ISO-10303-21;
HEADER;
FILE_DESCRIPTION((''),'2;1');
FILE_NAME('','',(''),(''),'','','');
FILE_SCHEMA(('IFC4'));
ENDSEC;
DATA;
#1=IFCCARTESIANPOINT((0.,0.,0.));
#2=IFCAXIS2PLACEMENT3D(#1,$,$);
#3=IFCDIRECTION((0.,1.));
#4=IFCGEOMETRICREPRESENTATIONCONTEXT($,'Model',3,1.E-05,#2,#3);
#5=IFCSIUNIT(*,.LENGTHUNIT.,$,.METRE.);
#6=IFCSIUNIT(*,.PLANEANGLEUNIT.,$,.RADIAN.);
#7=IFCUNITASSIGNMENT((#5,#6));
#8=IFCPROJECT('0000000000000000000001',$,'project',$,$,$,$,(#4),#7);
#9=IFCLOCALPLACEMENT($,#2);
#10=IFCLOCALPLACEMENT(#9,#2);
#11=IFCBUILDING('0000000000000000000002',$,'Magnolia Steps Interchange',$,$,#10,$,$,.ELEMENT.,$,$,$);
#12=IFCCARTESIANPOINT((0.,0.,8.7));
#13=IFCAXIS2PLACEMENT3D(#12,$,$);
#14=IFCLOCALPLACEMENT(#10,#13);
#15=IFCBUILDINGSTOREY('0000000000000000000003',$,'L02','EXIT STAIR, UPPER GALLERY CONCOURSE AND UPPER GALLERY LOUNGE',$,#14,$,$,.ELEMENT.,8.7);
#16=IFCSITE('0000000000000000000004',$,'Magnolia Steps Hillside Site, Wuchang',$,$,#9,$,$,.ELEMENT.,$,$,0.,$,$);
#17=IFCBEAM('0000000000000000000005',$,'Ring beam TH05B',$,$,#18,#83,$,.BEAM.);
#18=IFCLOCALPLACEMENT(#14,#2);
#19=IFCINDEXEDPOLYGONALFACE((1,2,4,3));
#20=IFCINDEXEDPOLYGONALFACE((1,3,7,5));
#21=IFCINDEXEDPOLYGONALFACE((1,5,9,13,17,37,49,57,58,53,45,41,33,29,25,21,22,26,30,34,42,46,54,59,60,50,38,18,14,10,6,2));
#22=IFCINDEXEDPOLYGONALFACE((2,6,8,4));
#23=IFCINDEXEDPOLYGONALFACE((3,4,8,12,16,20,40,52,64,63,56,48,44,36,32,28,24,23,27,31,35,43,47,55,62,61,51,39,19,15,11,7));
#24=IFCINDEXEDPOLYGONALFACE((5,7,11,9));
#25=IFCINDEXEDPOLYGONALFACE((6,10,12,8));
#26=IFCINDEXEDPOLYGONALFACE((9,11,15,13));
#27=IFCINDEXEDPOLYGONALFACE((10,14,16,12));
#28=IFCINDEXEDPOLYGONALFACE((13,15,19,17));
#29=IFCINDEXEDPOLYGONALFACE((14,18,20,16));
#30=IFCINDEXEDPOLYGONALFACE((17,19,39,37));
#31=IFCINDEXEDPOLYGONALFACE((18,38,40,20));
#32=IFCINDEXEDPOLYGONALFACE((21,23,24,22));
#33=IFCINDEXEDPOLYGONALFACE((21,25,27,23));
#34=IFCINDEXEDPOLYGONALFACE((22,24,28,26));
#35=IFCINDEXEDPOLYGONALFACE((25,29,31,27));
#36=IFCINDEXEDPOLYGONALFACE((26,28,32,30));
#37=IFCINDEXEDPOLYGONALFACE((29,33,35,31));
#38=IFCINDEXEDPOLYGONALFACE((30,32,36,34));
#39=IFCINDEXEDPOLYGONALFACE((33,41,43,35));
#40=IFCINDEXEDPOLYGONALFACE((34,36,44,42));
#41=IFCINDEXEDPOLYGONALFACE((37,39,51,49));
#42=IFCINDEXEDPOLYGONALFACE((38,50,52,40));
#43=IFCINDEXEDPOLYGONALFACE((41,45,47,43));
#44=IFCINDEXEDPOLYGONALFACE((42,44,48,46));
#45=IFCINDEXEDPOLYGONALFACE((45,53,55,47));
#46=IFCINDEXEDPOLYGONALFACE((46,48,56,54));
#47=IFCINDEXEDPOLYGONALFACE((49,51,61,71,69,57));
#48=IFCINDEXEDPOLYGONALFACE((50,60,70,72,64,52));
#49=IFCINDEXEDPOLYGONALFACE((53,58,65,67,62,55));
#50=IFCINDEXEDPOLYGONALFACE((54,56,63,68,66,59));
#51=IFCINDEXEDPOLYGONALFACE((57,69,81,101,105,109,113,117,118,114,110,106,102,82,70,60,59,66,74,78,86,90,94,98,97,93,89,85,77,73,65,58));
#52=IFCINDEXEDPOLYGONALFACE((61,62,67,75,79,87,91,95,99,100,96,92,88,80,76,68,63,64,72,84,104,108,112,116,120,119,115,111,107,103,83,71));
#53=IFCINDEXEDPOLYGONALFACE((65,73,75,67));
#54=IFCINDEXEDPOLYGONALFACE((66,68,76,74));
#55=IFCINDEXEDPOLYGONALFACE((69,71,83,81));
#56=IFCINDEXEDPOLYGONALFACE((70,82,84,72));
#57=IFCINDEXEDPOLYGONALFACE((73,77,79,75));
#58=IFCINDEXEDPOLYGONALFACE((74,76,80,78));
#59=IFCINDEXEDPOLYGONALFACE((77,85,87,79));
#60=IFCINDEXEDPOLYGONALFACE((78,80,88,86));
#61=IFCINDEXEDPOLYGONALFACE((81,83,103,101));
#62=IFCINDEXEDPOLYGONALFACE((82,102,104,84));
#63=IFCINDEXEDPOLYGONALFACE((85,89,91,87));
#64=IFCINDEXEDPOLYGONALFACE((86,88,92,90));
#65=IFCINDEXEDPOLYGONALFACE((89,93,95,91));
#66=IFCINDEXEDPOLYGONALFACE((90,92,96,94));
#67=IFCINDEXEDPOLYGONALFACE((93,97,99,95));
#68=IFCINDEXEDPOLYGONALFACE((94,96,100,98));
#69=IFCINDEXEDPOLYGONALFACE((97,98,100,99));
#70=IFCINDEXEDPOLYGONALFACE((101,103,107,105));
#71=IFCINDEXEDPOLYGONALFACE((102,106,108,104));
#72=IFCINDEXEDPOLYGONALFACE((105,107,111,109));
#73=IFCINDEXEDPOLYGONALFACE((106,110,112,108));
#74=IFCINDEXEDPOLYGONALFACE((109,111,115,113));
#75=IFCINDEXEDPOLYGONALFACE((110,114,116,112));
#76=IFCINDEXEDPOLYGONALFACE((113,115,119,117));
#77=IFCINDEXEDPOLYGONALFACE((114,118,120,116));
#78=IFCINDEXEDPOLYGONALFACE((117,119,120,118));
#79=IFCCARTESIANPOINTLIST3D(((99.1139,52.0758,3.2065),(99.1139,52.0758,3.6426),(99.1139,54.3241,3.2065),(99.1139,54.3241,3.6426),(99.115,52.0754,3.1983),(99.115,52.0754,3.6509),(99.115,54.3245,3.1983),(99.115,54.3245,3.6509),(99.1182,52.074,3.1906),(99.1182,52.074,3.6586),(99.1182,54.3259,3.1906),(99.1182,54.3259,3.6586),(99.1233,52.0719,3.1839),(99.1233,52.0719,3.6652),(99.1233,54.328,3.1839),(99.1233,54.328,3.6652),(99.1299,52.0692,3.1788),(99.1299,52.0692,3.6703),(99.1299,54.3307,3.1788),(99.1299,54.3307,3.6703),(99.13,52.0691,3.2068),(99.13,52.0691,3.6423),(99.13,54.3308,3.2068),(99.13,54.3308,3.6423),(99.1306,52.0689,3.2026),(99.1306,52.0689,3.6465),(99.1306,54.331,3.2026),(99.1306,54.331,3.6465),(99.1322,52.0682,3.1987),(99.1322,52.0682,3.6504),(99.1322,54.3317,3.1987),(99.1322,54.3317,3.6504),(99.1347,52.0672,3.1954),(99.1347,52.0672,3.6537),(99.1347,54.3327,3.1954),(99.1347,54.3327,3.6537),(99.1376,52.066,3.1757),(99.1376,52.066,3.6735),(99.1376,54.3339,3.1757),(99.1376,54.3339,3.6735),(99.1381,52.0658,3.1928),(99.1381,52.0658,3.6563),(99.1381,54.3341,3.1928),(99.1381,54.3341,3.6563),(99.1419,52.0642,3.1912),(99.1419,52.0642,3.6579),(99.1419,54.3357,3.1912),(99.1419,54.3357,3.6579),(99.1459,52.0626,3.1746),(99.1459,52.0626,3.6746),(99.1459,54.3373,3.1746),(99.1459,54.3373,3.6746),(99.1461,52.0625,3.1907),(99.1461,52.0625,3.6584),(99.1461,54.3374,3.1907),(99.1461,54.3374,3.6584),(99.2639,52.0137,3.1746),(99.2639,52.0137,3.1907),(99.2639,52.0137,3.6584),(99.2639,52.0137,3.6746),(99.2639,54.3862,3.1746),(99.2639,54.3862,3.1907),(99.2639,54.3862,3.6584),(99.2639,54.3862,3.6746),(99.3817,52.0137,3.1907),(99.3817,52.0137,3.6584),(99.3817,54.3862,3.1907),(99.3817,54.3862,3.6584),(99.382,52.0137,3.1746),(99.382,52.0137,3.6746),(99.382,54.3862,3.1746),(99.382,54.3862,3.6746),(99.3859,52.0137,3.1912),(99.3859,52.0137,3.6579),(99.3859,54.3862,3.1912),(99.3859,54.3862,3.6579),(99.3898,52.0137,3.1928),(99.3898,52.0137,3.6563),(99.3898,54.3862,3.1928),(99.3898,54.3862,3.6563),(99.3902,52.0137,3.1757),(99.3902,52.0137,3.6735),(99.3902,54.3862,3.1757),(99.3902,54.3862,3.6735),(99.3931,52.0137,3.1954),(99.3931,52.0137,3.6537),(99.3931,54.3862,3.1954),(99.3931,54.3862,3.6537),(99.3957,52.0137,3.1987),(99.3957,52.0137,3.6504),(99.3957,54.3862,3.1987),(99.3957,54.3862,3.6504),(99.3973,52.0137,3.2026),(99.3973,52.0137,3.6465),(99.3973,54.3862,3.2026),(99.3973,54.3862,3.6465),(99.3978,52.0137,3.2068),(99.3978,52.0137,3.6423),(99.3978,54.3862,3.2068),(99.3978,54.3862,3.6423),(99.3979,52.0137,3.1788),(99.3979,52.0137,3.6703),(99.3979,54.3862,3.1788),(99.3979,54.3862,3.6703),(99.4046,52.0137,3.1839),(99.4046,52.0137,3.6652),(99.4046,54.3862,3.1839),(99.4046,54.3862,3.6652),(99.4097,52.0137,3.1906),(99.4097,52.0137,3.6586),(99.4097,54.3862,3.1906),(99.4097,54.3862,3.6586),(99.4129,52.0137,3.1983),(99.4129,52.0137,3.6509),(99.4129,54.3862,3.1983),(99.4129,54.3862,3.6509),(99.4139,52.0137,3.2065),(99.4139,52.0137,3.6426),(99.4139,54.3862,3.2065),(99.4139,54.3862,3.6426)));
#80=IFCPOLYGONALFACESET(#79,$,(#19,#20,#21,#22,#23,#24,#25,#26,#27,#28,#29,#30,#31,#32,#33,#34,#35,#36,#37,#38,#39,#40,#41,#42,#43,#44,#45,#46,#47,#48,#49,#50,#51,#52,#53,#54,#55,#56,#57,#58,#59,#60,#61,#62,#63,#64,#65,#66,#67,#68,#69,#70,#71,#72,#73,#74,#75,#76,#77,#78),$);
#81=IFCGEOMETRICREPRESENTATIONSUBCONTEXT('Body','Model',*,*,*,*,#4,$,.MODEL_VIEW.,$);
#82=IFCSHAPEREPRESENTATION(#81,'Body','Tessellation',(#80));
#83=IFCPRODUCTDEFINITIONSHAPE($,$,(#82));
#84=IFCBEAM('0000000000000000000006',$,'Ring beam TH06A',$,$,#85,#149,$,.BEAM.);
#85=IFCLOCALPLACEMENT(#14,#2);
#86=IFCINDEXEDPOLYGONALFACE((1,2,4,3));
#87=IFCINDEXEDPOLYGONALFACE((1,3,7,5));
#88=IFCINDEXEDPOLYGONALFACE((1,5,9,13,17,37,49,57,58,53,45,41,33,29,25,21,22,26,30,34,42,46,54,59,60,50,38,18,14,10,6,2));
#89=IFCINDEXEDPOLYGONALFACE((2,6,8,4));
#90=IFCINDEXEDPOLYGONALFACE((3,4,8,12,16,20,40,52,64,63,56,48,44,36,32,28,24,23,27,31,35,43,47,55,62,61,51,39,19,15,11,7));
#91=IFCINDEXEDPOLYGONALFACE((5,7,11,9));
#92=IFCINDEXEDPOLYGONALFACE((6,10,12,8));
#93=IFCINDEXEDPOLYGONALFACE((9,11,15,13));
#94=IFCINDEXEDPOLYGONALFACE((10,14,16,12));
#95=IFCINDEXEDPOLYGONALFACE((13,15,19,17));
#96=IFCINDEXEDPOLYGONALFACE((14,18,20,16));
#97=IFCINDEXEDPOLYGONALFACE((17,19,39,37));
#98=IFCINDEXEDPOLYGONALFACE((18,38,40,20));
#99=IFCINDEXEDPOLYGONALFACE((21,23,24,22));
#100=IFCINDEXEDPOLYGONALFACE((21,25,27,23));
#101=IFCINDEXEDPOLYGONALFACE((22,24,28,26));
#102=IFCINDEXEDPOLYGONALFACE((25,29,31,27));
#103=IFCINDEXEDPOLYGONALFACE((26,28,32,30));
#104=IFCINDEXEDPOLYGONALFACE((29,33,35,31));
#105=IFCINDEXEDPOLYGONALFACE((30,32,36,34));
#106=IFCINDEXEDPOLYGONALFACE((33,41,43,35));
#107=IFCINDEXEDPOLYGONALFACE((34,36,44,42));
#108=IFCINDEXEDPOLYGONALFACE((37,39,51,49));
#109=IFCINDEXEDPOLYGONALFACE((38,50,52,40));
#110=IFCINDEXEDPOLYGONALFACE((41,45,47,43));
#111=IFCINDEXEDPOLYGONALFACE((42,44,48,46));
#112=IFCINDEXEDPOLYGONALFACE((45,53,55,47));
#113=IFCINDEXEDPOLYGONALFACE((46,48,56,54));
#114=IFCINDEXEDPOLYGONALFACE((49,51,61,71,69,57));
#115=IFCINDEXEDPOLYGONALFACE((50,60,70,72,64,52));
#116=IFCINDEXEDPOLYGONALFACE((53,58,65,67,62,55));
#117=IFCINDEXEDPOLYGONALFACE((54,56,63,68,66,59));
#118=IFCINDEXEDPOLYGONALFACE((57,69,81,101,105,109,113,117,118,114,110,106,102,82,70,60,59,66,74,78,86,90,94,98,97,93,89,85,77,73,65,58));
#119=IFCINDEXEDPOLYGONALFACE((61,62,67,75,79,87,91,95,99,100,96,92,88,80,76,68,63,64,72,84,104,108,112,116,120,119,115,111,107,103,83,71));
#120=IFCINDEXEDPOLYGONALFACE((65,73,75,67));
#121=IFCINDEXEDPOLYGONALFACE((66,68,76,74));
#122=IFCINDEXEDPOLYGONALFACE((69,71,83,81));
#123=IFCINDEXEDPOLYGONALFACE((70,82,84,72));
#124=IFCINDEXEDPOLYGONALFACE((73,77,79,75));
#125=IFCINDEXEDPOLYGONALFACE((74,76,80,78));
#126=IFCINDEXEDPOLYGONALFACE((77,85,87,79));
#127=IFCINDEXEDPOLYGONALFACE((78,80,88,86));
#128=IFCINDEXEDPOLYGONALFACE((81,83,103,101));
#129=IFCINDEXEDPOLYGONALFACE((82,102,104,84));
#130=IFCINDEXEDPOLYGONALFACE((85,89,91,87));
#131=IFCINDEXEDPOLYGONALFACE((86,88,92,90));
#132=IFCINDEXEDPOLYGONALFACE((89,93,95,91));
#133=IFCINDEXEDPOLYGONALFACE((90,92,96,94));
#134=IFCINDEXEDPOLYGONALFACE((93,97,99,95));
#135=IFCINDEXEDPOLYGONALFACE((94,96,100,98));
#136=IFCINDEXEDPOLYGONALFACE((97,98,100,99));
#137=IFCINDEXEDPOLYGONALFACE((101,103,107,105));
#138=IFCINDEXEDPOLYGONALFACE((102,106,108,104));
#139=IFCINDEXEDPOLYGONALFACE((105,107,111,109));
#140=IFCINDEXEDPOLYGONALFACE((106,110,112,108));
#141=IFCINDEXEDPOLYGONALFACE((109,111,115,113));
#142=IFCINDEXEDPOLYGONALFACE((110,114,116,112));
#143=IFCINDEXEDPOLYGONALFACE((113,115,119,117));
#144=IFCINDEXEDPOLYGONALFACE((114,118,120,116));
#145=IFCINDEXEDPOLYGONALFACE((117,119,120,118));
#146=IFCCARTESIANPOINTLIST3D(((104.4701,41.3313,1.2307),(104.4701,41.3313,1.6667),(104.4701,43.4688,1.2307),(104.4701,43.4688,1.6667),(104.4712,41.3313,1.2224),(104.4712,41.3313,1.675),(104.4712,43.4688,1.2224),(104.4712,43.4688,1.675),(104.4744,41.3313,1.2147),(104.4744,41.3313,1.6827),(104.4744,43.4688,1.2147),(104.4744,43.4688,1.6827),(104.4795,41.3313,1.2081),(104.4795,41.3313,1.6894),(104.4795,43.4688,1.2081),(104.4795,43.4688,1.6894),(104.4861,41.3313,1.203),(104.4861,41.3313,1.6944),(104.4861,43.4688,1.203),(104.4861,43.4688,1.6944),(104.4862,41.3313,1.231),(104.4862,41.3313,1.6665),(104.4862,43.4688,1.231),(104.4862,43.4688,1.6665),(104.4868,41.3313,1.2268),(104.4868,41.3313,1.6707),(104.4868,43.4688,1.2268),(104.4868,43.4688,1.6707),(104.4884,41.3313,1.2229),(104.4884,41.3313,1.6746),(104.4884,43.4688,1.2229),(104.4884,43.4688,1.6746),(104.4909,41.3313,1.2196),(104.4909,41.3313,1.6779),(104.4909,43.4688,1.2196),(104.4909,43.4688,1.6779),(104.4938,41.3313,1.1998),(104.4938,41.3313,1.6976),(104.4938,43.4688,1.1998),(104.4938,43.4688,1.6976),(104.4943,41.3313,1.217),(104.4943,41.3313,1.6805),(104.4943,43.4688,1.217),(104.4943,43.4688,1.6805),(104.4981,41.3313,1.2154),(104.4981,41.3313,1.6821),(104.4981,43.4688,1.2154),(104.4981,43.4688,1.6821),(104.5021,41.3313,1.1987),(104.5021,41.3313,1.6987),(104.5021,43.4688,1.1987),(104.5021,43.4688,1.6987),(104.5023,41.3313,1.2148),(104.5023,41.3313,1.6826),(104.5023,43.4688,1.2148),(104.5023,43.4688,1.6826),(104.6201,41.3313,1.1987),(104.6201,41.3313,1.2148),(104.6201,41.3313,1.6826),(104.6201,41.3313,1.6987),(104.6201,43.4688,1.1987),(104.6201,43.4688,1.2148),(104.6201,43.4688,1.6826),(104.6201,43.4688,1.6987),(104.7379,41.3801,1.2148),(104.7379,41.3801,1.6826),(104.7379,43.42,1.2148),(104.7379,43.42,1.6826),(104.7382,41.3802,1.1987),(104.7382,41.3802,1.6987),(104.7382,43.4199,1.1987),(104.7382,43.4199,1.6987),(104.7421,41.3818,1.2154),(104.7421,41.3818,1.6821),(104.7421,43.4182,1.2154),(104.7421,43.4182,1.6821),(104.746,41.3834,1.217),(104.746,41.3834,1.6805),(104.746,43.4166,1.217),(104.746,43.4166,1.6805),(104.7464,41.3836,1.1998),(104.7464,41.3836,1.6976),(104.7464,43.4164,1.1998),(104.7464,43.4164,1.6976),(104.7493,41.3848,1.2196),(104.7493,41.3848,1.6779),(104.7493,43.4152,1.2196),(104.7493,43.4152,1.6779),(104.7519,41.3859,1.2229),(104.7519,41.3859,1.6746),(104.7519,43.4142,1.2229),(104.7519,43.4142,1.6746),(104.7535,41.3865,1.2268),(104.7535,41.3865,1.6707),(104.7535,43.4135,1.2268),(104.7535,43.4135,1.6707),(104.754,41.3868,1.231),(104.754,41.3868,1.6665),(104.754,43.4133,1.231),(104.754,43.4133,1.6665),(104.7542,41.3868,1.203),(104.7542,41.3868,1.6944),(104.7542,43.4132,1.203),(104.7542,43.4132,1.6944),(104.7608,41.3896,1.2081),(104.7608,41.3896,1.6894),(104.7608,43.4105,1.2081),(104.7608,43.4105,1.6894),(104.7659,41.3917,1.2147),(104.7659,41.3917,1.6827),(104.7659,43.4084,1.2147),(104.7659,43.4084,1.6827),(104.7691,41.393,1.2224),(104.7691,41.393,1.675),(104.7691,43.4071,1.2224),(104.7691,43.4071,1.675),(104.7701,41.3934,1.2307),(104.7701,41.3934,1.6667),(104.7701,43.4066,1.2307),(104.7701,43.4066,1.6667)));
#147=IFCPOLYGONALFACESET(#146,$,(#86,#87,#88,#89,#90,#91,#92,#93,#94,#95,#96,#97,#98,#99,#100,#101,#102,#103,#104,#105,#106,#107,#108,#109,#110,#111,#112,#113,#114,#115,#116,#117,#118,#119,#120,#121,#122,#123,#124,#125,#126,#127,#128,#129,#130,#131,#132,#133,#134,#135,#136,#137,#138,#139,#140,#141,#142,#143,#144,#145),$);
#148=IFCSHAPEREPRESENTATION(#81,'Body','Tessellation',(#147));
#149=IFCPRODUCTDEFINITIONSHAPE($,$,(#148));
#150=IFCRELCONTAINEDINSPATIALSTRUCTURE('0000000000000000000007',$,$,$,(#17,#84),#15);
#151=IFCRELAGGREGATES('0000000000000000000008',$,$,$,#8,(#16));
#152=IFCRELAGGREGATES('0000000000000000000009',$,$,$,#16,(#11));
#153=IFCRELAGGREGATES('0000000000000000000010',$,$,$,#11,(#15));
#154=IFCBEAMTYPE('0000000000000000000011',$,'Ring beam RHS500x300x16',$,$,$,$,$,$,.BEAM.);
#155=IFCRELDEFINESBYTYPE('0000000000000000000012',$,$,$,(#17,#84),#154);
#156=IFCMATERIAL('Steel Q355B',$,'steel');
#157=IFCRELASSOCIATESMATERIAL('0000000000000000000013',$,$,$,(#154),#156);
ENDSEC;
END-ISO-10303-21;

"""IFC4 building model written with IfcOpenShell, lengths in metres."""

from ifc_helpers import new_model, si_unit, direction, frame, origin, origin_2d, place, context, subcontext, project, spatial, hollow_rectangle, extrude, clip, halfspace, material, material_profile, profile_set, type_object, element, save


model = new_model("IFC4")

# Units and contexts
model_context = context("Model", 3, precision=1e-05, world=origin(), true_north=direction((0.0, 1.0)))
body_context = subcontext(model_context, "Body", "Model", "MODEL_VIEW")
ifc_project = project(units=[si_unit("LENGTHUNIT", "METRE"), si_unit("PLANEANGLEUNIT", "RADIAN")], contexts=[model_context])

# Site, building, storey
site_placement = place(None, origin())
site = spatial("IfcSite", under=ifc_project, at=site_placement, Name="Magnolia Steps Hillside Site, Wuchang", CompositionType="ELEMENT", RefElevation=0.0)
building_placement = place(site_placement, origin())
building = spatial("IfcBuilding", under=site, at=building_placement, Name="Magnolia Steps Interchange", CompositionType="ELEMENT")
storey_placement = place(building_placement, frame((0.0, 0.0, 8.7)))
storey = spatial("IfcBuildingStorey", under=building, at=storey_placement, Name="L02", Description="EXIT STAIR, UPPER GALLERY CONCOURSE AND UPPER GALLERY LOUNGE", CompositionType="ELEMENT", Elevation=8.7)

# Beams
ifc_material_1 = material(Name="Steel Q355B", Category="steel")
ifc_material_profile_1 = material_profile(ifc_material_1, hollow_rectangle(XDim=0.3, YDim=0.5, WallThickness=0.0161, InnerFilletRadius=0.0161, OuterFilletRadius=0.032, at=origin_2d()), Name="RHS500x300x16")
ifc_profile_set_1 = profile_set([ifc_material_profile_1], Name="Steel Q355B")
beam_type_1 = type_object("IfcBeamType", Name="Ring beam RHS500x300x16", PredefinedType="BEAM", material=ifc_profile_set_1)
beam_1_placement = place(storey_placement, frame((99.2639, 52.0137, 3.4246), z_axis=(0.0, 1.0, 0.0), x_axis=(-1.0, 0.0, 0.0)))
element("IfcBeam", 1, at=beam_1_placement, inside=storey, type_object=beam_type_1, Name="Ring beam TH05B", PredefinedType="BEAM", context=body_context, shape_type="Clipping", body=[
    clip(clip(extrude(hollow_rectangle(XDim=0.3, YDim=0.5, WallThickness=0.0161, InnerFilletRadius=0.0161, OuterFilletRadius=0.032, at=origin_2d()), origin(), (0.0, 0.0, 1.0), 2.3726), halfspace(frame((0.0, 0.0, 0.0), z_axis=(0.382683, 0.0, -0.92388), x_axis=(0.92388, 0.0, 0.382683)), False)), halfspace(frame((0.0, 0.0, 2.3726), z_axis=(0.382683, 0.0, 0.92388), x_axis=(0.92388, 0.0, -0.382683)), False)),
])
beam_2_placement = place(storey_placement, frame((104.6201, 43.4688, 1.4487), z_axis=(0.0, -1.0, 0.0), x_axis=(1.0, 0.0, 0.0)))
element("IfcBeam", 2, at=beam_2_placement, inside=storey, type_object=beam_type_1, Name="Ring beam TH06A", PredefinedType="BEAM", context=body_context, shape_type="Clipping", body=[
    clip(clip(extrude(hollow_rectangle(XDim=0.3, YDim=0.5, WallThickness=0.0161, InnerFilletRadius=0.0161, OuterFilletRadius=0.032, at=origin_2d()), origin(), (0.0, 0.0, 1.0), 2.1375), halfspace(frame((0.0, 0.0, 0.0), z_axis=(0.382683, 0.0, -0.92388), x_axis=(0.92388, 0.0, 0.382683)), False)), halfspace(frame((0.0, 0.0, 2.1375), z_axis=(0.382683, 0.0, 0.92388), x_axis=(0.92388, 0.0, -0.382683)), False)),
])

save(model, "model.ifc")
